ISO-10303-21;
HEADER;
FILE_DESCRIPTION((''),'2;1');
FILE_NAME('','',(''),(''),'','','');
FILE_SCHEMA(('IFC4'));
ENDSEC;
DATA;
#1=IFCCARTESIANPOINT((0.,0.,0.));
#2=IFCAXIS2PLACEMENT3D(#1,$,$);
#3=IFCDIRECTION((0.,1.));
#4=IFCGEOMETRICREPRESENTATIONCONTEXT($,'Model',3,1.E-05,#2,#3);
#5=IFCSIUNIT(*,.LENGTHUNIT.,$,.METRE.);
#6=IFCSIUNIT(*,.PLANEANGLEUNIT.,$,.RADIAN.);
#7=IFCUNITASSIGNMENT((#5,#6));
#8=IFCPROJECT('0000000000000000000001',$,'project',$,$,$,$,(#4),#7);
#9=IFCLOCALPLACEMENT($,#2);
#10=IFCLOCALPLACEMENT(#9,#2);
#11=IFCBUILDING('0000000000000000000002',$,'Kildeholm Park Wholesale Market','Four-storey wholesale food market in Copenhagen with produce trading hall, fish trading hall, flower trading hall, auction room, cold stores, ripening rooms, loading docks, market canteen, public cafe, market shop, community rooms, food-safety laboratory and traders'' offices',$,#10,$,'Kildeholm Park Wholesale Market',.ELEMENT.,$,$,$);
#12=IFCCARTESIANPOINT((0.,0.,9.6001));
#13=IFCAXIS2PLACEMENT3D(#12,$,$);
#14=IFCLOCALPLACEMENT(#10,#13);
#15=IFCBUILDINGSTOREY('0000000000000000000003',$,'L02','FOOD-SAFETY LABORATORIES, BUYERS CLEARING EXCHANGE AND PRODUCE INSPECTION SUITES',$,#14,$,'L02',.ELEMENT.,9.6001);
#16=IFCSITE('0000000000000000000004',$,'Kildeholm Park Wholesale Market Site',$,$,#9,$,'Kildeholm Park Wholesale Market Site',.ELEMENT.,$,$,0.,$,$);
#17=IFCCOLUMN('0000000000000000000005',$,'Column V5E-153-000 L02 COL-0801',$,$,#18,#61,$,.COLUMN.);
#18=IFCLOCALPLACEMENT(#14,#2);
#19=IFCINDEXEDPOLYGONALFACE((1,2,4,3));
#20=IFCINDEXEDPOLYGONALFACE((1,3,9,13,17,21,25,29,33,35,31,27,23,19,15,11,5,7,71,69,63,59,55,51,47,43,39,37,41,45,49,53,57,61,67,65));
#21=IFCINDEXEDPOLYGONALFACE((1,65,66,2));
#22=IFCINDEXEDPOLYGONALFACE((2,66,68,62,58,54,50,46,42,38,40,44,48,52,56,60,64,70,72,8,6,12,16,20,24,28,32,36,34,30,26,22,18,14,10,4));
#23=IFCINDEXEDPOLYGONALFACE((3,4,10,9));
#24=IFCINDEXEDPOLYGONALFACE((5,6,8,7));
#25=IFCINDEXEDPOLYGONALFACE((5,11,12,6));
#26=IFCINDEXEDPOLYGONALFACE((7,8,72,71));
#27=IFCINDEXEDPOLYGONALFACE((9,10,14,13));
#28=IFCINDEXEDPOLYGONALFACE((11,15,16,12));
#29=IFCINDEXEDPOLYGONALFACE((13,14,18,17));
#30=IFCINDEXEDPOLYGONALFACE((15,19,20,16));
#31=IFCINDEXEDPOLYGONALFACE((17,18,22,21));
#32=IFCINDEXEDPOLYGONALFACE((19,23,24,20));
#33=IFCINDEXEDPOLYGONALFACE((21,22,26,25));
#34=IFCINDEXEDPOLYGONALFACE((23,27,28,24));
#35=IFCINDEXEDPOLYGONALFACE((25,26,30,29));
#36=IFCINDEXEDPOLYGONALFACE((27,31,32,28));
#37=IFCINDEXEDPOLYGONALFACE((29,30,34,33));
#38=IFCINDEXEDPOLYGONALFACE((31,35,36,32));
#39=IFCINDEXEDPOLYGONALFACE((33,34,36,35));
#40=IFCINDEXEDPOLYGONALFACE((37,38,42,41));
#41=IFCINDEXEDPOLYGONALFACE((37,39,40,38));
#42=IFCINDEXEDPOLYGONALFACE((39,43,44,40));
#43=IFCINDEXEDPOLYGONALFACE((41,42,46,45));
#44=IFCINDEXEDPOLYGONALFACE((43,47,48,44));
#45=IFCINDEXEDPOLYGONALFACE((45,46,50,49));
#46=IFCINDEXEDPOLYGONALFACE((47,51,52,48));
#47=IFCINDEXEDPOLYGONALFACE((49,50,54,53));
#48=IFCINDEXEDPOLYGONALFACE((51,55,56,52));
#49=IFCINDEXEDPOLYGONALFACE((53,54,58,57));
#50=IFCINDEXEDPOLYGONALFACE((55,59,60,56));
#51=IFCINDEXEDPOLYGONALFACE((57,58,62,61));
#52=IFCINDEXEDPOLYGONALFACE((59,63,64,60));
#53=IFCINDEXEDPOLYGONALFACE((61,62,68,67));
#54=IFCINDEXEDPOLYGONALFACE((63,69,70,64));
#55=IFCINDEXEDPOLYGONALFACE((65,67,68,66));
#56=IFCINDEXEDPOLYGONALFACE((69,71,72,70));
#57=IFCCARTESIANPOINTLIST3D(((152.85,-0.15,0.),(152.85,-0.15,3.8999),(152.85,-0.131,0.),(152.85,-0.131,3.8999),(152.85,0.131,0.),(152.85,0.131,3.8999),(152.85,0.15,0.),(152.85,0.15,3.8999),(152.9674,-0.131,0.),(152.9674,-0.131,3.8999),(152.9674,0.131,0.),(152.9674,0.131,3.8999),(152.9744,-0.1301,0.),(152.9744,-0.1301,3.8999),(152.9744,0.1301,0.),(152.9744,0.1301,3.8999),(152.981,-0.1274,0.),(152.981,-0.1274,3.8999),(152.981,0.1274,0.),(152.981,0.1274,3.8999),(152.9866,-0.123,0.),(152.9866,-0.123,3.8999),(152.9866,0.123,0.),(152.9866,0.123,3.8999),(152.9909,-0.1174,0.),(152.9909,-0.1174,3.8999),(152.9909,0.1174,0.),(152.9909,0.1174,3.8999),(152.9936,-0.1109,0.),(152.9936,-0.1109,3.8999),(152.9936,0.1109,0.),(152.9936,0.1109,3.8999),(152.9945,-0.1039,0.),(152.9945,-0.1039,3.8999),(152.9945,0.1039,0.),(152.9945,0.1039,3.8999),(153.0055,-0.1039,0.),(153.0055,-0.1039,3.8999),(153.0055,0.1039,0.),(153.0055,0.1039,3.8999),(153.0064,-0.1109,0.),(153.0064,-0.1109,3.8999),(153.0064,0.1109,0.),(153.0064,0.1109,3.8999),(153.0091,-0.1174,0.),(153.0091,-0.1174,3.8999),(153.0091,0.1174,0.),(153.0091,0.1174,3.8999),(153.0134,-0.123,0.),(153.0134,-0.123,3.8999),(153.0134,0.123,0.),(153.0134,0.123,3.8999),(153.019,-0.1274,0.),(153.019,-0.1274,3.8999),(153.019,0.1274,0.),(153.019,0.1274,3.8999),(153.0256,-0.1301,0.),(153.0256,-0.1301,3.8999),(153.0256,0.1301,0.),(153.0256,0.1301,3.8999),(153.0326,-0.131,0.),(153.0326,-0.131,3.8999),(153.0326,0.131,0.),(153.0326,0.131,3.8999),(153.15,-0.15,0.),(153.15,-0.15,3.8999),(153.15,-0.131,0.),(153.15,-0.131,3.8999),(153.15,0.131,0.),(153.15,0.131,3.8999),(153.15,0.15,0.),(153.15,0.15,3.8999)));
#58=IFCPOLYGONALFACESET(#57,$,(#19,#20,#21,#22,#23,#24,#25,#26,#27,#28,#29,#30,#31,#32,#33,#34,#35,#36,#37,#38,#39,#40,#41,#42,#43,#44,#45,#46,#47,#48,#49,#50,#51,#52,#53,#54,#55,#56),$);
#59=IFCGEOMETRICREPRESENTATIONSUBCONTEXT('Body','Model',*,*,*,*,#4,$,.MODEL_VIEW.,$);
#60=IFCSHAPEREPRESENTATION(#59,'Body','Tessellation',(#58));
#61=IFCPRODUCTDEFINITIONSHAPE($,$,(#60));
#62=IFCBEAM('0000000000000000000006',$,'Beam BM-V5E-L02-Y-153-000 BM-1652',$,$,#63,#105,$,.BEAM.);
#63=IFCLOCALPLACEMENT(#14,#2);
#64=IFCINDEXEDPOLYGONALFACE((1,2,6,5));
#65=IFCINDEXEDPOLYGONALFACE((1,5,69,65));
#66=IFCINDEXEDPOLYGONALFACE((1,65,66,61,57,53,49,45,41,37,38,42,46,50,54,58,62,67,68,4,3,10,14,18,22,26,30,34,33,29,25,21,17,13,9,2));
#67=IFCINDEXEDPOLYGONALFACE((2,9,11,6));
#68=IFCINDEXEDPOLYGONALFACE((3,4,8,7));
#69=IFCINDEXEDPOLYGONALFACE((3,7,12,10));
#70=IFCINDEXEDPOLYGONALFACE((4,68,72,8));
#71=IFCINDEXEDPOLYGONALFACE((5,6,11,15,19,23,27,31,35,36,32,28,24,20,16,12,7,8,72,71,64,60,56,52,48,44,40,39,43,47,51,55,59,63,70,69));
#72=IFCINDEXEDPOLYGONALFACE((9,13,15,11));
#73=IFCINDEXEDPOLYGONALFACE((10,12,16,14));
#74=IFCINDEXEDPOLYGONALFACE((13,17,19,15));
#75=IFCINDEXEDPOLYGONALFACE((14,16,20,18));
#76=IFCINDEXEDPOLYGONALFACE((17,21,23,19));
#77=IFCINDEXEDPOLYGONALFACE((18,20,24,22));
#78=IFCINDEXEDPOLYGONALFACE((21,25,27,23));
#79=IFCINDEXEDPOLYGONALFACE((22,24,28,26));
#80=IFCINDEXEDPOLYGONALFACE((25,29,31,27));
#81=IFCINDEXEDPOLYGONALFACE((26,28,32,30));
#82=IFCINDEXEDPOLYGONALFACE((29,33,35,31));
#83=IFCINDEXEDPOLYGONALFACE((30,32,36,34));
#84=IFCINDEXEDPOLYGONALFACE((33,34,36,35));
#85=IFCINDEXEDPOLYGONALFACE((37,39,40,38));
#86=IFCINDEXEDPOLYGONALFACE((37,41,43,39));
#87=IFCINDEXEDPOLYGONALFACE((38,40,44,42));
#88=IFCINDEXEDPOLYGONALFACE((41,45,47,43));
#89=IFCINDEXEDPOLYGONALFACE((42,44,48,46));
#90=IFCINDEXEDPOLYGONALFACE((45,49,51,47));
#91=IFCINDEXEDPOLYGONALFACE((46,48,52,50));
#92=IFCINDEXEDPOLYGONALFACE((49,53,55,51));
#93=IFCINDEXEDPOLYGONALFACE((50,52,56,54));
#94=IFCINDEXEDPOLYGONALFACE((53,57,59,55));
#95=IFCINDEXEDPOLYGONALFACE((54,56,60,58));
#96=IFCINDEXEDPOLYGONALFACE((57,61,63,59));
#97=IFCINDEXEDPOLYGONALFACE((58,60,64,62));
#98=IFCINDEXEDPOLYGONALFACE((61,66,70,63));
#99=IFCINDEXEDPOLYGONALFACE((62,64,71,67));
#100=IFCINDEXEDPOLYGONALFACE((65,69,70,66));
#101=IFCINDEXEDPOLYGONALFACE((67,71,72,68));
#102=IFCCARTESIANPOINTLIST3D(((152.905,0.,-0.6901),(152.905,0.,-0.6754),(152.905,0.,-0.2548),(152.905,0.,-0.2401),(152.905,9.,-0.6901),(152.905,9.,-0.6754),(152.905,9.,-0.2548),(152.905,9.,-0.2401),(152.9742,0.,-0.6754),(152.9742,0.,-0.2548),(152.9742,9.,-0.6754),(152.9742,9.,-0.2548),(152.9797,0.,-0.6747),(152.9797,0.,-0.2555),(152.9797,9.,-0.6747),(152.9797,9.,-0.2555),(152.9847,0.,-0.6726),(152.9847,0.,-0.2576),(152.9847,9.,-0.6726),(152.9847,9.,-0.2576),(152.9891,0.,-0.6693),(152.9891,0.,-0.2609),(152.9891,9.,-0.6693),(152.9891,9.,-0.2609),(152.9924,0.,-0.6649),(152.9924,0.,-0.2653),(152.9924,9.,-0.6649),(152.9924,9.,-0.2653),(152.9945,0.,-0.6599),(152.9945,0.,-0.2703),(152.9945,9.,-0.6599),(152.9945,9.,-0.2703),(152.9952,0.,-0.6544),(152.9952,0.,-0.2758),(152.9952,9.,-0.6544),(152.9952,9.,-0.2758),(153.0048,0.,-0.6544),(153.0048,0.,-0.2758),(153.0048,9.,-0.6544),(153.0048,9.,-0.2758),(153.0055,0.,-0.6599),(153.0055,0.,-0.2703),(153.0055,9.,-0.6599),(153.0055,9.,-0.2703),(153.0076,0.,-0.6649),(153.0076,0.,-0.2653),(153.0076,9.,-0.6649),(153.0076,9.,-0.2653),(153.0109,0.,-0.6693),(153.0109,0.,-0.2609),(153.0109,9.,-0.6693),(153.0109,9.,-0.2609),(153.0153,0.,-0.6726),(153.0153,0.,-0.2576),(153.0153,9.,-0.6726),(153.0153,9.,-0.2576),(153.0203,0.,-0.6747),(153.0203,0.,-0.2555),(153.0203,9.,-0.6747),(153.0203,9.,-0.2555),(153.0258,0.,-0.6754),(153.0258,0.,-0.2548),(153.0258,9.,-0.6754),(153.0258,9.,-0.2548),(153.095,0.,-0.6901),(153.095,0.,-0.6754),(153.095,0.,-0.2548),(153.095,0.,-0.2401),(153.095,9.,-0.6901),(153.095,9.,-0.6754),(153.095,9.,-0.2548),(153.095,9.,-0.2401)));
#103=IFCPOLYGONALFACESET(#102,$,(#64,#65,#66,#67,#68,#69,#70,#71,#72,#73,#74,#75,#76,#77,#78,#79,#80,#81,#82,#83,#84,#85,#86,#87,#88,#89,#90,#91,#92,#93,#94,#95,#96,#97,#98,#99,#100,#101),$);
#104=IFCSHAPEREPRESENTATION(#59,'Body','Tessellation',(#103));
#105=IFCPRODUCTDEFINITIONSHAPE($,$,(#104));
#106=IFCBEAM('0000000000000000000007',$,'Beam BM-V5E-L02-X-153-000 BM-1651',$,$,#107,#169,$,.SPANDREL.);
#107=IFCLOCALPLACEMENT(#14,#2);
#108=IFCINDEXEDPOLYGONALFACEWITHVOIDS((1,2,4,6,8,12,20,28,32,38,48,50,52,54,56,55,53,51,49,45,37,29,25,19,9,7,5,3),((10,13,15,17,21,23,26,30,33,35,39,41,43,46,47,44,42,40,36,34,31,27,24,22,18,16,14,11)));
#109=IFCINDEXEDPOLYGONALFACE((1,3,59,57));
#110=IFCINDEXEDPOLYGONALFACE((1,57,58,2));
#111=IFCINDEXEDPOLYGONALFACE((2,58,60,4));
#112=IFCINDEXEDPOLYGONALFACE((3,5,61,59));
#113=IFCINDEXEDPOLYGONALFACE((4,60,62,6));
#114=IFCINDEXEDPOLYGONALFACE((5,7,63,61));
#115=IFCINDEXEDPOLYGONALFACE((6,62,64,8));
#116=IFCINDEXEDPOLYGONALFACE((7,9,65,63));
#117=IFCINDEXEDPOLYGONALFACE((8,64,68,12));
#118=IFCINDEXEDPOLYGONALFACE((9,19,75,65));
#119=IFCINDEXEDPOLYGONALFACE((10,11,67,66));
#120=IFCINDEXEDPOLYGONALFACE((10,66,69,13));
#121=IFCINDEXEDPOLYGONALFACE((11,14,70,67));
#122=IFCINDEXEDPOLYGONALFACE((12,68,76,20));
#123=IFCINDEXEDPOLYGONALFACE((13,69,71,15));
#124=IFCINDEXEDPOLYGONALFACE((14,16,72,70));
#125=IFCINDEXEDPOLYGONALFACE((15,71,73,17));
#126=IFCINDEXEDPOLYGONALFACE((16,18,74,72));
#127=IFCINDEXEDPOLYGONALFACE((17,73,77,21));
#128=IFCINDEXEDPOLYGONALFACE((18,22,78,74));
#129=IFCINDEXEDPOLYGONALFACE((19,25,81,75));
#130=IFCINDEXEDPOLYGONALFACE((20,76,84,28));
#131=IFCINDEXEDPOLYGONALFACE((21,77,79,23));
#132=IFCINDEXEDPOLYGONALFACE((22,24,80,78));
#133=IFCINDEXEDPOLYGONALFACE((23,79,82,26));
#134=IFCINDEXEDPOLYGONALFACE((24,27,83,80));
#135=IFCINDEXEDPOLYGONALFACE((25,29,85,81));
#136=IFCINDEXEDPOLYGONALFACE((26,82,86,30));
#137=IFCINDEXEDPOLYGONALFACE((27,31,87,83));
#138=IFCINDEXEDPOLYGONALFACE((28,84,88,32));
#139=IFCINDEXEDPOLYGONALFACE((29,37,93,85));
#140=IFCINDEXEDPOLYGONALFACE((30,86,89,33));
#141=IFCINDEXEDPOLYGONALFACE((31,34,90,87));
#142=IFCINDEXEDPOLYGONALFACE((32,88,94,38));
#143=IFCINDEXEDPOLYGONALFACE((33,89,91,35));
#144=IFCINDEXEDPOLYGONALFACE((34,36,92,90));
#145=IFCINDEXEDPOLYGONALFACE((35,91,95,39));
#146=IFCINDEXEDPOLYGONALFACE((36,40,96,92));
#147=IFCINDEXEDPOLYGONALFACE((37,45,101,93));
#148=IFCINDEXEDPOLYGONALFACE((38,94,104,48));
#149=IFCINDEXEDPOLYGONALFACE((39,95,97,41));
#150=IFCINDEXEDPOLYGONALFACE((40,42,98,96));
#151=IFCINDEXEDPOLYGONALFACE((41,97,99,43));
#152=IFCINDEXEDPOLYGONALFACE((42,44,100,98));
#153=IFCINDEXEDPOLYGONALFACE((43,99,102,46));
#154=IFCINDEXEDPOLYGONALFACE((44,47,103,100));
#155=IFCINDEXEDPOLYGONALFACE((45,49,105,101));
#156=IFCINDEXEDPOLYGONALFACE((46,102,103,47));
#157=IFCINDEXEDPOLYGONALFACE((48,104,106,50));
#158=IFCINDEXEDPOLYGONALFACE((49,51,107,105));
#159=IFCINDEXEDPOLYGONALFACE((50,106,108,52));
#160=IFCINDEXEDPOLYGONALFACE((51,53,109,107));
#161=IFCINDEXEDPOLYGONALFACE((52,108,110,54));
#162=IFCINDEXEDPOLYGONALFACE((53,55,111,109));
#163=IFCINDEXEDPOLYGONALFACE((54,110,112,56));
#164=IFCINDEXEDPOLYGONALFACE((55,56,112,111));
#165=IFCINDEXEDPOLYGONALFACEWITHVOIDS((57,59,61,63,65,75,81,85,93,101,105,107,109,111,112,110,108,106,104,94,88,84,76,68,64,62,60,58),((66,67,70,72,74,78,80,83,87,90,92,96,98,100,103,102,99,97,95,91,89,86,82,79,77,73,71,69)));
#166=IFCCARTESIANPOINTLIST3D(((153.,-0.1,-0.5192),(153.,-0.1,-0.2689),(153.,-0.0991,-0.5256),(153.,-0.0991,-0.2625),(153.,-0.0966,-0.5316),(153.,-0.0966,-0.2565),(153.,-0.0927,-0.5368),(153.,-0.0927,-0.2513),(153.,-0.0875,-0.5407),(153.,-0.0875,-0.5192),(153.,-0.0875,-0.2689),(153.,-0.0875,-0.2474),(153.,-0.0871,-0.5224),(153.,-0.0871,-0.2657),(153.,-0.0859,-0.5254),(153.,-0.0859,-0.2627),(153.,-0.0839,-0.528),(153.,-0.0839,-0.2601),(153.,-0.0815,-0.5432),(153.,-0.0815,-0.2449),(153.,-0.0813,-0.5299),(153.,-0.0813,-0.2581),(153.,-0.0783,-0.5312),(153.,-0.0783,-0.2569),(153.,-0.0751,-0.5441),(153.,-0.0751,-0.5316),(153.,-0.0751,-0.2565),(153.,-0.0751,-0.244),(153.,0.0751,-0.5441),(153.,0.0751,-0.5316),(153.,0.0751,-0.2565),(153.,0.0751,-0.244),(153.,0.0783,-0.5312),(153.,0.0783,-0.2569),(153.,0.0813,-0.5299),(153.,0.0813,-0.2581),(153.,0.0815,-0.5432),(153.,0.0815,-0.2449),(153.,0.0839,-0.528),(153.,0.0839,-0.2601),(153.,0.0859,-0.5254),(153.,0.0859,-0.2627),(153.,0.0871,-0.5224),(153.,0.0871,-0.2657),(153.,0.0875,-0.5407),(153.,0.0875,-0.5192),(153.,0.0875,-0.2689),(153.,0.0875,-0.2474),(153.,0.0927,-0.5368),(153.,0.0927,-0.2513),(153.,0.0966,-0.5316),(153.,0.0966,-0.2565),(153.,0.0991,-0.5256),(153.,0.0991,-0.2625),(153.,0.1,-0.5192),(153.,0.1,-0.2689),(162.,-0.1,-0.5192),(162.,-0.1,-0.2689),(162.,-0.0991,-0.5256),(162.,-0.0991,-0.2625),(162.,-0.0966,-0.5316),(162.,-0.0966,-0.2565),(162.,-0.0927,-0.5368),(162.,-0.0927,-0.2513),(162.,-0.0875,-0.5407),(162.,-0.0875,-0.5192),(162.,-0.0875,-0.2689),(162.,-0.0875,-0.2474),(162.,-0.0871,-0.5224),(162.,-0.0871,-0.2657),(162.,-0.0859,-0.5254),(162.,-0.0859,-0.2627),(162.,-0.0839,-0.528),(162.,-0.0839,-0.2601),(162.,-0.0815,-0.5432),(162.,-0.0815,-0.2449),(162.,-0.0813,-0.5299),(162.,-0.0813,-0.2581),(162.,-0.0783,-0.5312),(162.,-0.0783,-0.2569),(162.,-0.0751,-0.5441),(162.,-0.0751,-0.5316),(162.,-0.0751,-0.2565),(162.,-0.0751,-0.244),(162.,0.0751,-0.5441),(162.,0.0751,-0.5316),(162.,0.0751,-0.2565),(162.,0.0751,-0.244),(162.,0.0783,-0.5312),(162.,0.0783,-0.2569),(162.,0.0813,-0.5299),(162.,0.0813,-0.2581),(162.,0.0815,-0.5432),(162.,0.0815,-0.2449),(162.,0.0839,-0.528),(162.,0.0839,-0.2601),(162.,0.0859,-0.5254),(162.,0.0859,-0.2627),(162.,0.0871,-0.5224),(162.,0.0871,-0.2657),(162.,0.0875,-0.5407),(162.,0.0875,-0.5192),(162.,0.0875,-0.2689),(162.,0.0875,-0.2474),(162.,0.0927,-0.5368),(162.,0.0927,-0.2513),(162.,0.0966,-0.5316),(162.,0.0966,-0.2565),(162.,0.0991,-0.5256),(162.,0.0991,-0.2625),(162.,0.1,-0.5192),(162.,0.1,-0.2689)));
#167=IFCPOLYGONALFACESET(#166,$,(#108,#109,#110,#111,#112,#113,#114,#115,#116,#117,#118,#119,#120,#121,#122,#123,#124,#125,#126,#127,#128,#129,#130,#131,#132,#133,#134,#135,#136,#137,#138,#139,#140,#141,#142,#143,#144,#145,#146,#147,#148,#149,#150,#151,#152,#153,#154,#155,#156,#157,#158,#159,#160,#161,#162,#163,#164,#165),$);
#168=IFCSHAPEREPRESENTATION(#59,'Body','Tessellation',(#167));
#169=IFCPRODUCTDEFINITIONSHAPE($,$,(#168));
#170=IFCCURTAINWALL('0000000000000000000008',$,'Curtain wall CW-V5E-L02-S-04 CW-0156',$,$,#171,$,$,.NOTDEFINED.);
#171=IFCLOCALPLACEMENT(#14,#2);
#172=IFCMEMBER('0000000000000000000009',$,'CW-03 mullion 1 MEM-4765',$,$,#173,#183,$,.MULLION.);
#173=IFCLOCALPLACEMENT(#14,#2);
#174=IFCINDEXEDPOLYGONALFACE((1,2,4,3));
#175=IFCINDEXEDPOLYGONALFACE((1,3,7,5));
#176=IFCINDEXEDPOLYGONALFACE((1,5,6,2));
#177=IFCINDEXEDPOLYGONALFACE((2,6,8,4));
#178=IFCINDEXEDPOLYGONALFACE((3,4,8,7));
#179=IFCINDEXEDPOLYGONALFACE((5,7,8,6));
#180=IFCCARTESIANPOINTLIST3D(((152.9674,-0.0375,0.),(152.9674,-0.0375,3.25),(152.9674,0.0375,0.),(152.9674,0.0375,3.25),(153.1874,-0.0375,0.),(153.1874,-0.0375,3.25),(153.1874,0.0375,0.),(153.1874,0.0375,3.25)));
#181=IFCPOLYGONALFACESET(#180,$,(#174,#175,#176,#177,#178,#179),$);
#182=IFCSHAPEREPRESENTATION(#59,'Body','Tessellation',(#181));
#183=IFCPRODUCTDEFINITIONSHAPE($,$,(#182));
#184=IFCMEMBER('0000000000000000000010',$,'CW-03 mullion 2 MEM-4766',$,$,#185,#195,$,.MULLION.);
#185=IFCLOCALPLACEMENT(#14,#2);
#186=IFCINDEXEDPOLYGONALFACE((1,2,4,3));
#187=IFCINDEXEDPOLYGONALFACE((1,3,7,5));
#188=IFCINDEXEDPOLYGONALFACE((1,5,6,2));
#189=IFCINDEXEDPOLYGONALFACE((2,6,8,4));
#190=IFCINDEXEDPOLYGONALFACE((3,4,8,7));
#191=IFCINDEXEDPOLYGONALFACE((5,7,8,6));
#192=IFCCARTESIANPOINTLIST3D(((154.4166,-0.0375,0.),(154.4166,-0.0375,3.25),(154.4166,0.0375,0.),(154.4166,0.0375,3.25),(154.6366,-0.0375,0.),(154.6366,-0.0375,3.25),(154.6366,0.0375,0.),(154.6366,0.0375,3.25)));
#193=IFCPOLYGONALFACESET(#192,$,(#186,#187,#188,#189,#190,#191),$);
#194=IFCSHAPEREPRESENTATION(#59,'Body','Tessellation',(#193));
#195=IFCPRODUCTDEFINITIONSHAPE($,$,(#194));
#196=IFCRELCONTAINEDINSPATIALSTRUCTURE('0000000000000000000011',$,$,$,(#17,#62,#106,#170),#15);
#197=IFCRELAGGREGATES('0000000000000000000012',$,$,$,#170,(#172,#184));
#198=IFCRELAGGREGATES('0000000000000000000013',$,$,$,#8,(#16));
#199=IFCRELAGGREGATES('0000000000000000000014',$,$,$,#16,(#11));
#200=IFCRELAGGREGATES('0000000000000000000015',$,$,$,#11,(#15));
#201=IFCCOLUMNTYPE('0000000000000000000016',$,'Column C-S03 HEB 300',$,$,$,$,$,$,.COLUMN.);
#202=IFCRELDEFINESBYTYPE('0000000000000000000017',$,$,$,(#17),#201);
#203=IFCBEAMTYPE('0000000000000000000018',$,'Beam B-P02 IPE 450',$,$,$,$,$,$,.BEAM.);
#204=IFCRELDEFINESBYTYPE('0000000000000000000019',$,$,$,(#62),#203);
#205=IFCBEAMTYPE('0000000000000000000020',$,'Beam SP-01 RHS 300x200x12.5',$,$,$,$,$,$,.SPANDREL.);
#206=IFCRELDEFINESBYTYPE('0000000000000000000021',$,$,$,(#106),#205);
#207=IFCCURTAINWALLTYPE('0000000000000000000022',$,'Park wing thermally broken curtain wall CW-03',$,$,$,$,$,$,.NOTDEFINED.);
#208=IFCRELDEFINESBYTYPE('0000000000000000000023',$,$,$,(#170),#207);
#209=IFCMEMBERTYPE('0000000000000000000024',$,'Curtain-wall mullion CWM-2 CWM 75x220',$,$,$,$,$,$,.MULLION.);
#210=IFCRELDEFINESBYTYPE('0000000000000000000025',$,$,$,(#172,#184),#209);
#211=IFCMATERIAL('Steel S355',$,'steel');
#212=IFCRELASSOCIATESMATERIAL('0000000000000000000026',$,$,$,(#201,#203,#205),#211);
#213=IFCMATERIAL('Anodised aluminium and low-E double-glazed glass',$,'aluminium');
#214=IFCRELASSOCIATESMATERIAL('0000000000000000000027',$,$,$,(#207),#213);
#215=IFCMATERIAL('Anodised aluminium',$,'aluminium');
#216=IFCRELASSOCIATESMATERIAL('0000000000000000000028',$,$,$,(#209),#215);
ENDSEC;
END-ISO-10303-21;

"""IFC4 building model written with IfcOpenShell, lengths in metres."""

from ifc_helpers import new_model, si_unit, direction, frame, origin, origin_2d, place, context, subcontext, project, spatial, rectangle, hollow_rectangle, i_section, extrude, material, material_profile, profile_set, type_object, element, aggregate, save


model = new_model("IFC4")

# Units and contexts
model_context = context("Model", 3, precision=1e-05, world=origin(), true_north=direction((0.0, 1.0)))
body_context = subcontext(model_context, "Body", "Model", "MODEL_VIEW")
ifc_project = project(units=[si_unit("LENGTHUNIT", "METRE"), si_unit("PLANEANGLEUNIT", "RADIAN")], contexts=[model_context])

# Site, building, storey
site_placement = place(None, origin())
site = spatial("IfcSite", under=ifc_project, at=site_placement, Name="Kildeholm Park Wholesale Market Site", LongName="Kildeholm Park Wholesale Market Site", CompositionType="ELEMENT", RefElevation=0.0)
building_placement = place(site_placement, origin())
building = spatial("IfcBuilding", under=site, at=building_placement, Name="Kildeholm Park Wholesale Market", Description="Four-storey wholesale food market in Copenhagen with produce trading hall, fish trading hall, flower trading hall, auction room, cold stores, ripening rooms, loading docks, market canteen, public cafe, market shop, community rooms, food-safety laboratory and traders' offices", LongName="Kildeholm Park Wholesale Market", CompositionType="ELEMENT")
storey_placement = place(building_placement, frame((0.0, 0.0, 9.6001)))
storey = spatial("IfcBuildingStorey", under=building, at=storey_placement, Name="L02", Description="FOOD-SAFETY LABORATORIES, BUYERS CLEARING EXCHANGE AND PRODUCE INSPECTION SUITES", LongName="L02", CompositionType="ELEMENT", Elevation=9.6001)

# Column
ifc_material_1 = material(Name="Steel S355", Category="steel")
ifc_material_profile_1 = material_profile(ifc_material_1, i_section(OverallWidth=0.3, OverallDepth=0.3, WebThickness=0.011, FlangeThickness=0.019, FilletRadius=0.0271, at=origin_2d()), Name="HEB 300")
ifc_profile_set_1 = profile_set([ifc_material_profile_1], Name="Steel S355")
column_type = type_object("IfcColumnType", Name="Column C-S03 HEB 300", PredefinedType="COLUMN", material=ifc_profile_set_1)
column_placement = place(storey_placement, frame((153.0, 0.0, 0.0), z_axis=(0.0, 0.0, 1.0), x_axis=(1.0, 0.0, 0.0)))
element("IfcColumn", 1, at=column_placement, inside=storey, type_object=column_type, Name="Column V5E-153-000 L02 COL-0801", PredefinedType="COLUMN", context=body_context, shape_type="SweptSolid", body=[
    extrude(i_section(OverallWidth=0.3, OverallDepth=0.3, WebThickness=0.011, FlangeThickness=0.019, FilletRadius=0.0271, at=origin_2d()), origin(), (0.0, 0.0, 1.0), 3.8999),
])

# Beams
ifc_material_profile_2 = material_profile(ifc_material_1, i_section(OverallWidth=0.1899, OverallDepth=0.45, WebThickness=0.0095, FlangeThickness=0.0146, FilletRadius=0.021, at=origin_2d()), Name="IPE 450")
ifc_profile_set_2 = profile_set([ifc_material_profile_2], Name="Steel S355")
beam_type_1 = type_object("IfcBeamType", Name="Beam B-P02 IPE 450", PredefinedType="BEAM", material=ifc_profile_set_2)
beam_1_placement = place(storey_placement, frame((153.0, 0.0, -0.4651), z_axis=(0.0, 1.0, 0.0), x_axis=(-1.0, 0.0, 0.0)))
element("IfcBeam", 2, at=beam_1_placement, inside=storey, type_object=beam_type_1, Name="Beam BM-V5E-L02-Y-153-000 BM-1652", PredefinedType="BEAM", context=body_context, shape_type="SweptSolid", body=[
    extrude(i_section(OverallWidth=0.1899, OverallDepth=0.45, WebThickness=0.0095, FlangeThickness=0.0146, FilletRadius=0.021, at=origin_2d()), origin(), (0.0, 0.0, 1.0), 9.0),
])
ifc_material_profile_3 = material_profile(ifc_material_1, hollow_rectangle(XDim=0.2, YDim=0.3, WallThickness=0.0125, InnerFilletRadius=0.0125, OuterFilletRadius=0.0249, at=origin_2d()), Name="RHS 300x200x12.5")
ifc_profile_set_3 = profile_set([ifc_material_profile_3], Name="Steel S355")
beam_type_2 = type_object("IfcBeamType", Name="Beam SP-01 RHS 300x200x12.5", PredefinedType="SPANDREL", material=ifc_profile_set_3)
beam_2_placement = place(storey_placement, frame((153.0, 0.0, -0.394), z_axis=(1.0, 0.0, 0.0), x_axis=(0.0, 1.0, 0.0)))
element("IfcBeam", 3, at=beam_2_placement, inside=storey, type_object=beam_type_2, Name="Beam BM-V5E-L02-X-153-000 BM-1651", PredefinedType="SPANDREL", context=body_context, shape_type="SweptSolid", body=[
    extrude(hollow_rectangle(XDim=0.2, YDim=0.3, WallThickness=0.0125, InnerFilletRadius=0.0125, OuterFilletRadius=0.0249, at=origin_2d()), origin(), (0.0, 0.0, 1.0), 9.0),
])

# Curtain wall, members
ifc_material_2 = material(Name="Anodised aluminium and low-E double-glazed glass", Category="aluminium")
curtain_wall_type = type_object("IfcCurtainWallType", Name="Park wing thermally broken curtain wall CW-03", PredefinedType="NOTDEFINED", material=ifc_material_2)
curtain_wall_placement = place(storey_placement, origin())
curtain_wall = element("IfcCurtainWall", 4, at=curtain_wall_placement, inside=storey, type_object=curtain_wall_type, Name="Curtain wall CW-V5E-L02-S-04 CW-0156", PredefinedType="NOTDEFINED")
ifc_material_3 = material(Name="Anodised aluminium", Category="aluminium")
ifc_material_profile_4 = material_profile(ifc_material_3, rectangle(XDim=0.075, YDim=0.22, at=origin_2d()), Name="CWM 75x220")
ifc_profile_set_4 = profile_set([ifc_material_profile_4], Name="Anodised aluminium")
member_type_1 = type_object("IfcMemberType", Name="Curtain-wall mullion CWM-2 CWM 75x220", PredefinedType="MULLION", material=ifc_profile_set_4)
member_1_placement = place(storey_placement, frame((153.0774, 0.0, 0.0), z_axis=(0.0, 0.0, 1.0), x_axis=(0.0, 1.0, 0.0)))
member_1 = element("IfcMember", 5, at=member_1_placement, type_object=member_type_1, Name="CW-03 mullion 1 MEM-4765", PredefinedType="MULLION", context=body_context, shape_type="SweptSolid", body=[
    extrude(rectangle(XDim=0.075, YDim=0.22, at=origin_2d()), origin(), (0.0, 0.0, 1.0), 3.25),
])
member_2_placement = place(storey_placement, frame((154.5266, 0.0, 0.0), z_axis=(0.0, 0.0, 1.0), x_axis=(0.0, 1.0, 0.0)))
member_2 = element("IfcMember", 6, at=member_2_placement, type_object=member_type_1, Name="CW-03 mullion 2 MEM-4766", PredefinedType="MULLION", context=body_context, shape_type="SweptSolid", body=[
    extrude(rectangle(XDim=0.075, YDim=0.22, at=origin_2d()), origin(), (0.0, 0.0, 1.0), 3.25),
])
aggregate(curtain_wall, [member_1, member_2])

save(model, "model.ifc")
